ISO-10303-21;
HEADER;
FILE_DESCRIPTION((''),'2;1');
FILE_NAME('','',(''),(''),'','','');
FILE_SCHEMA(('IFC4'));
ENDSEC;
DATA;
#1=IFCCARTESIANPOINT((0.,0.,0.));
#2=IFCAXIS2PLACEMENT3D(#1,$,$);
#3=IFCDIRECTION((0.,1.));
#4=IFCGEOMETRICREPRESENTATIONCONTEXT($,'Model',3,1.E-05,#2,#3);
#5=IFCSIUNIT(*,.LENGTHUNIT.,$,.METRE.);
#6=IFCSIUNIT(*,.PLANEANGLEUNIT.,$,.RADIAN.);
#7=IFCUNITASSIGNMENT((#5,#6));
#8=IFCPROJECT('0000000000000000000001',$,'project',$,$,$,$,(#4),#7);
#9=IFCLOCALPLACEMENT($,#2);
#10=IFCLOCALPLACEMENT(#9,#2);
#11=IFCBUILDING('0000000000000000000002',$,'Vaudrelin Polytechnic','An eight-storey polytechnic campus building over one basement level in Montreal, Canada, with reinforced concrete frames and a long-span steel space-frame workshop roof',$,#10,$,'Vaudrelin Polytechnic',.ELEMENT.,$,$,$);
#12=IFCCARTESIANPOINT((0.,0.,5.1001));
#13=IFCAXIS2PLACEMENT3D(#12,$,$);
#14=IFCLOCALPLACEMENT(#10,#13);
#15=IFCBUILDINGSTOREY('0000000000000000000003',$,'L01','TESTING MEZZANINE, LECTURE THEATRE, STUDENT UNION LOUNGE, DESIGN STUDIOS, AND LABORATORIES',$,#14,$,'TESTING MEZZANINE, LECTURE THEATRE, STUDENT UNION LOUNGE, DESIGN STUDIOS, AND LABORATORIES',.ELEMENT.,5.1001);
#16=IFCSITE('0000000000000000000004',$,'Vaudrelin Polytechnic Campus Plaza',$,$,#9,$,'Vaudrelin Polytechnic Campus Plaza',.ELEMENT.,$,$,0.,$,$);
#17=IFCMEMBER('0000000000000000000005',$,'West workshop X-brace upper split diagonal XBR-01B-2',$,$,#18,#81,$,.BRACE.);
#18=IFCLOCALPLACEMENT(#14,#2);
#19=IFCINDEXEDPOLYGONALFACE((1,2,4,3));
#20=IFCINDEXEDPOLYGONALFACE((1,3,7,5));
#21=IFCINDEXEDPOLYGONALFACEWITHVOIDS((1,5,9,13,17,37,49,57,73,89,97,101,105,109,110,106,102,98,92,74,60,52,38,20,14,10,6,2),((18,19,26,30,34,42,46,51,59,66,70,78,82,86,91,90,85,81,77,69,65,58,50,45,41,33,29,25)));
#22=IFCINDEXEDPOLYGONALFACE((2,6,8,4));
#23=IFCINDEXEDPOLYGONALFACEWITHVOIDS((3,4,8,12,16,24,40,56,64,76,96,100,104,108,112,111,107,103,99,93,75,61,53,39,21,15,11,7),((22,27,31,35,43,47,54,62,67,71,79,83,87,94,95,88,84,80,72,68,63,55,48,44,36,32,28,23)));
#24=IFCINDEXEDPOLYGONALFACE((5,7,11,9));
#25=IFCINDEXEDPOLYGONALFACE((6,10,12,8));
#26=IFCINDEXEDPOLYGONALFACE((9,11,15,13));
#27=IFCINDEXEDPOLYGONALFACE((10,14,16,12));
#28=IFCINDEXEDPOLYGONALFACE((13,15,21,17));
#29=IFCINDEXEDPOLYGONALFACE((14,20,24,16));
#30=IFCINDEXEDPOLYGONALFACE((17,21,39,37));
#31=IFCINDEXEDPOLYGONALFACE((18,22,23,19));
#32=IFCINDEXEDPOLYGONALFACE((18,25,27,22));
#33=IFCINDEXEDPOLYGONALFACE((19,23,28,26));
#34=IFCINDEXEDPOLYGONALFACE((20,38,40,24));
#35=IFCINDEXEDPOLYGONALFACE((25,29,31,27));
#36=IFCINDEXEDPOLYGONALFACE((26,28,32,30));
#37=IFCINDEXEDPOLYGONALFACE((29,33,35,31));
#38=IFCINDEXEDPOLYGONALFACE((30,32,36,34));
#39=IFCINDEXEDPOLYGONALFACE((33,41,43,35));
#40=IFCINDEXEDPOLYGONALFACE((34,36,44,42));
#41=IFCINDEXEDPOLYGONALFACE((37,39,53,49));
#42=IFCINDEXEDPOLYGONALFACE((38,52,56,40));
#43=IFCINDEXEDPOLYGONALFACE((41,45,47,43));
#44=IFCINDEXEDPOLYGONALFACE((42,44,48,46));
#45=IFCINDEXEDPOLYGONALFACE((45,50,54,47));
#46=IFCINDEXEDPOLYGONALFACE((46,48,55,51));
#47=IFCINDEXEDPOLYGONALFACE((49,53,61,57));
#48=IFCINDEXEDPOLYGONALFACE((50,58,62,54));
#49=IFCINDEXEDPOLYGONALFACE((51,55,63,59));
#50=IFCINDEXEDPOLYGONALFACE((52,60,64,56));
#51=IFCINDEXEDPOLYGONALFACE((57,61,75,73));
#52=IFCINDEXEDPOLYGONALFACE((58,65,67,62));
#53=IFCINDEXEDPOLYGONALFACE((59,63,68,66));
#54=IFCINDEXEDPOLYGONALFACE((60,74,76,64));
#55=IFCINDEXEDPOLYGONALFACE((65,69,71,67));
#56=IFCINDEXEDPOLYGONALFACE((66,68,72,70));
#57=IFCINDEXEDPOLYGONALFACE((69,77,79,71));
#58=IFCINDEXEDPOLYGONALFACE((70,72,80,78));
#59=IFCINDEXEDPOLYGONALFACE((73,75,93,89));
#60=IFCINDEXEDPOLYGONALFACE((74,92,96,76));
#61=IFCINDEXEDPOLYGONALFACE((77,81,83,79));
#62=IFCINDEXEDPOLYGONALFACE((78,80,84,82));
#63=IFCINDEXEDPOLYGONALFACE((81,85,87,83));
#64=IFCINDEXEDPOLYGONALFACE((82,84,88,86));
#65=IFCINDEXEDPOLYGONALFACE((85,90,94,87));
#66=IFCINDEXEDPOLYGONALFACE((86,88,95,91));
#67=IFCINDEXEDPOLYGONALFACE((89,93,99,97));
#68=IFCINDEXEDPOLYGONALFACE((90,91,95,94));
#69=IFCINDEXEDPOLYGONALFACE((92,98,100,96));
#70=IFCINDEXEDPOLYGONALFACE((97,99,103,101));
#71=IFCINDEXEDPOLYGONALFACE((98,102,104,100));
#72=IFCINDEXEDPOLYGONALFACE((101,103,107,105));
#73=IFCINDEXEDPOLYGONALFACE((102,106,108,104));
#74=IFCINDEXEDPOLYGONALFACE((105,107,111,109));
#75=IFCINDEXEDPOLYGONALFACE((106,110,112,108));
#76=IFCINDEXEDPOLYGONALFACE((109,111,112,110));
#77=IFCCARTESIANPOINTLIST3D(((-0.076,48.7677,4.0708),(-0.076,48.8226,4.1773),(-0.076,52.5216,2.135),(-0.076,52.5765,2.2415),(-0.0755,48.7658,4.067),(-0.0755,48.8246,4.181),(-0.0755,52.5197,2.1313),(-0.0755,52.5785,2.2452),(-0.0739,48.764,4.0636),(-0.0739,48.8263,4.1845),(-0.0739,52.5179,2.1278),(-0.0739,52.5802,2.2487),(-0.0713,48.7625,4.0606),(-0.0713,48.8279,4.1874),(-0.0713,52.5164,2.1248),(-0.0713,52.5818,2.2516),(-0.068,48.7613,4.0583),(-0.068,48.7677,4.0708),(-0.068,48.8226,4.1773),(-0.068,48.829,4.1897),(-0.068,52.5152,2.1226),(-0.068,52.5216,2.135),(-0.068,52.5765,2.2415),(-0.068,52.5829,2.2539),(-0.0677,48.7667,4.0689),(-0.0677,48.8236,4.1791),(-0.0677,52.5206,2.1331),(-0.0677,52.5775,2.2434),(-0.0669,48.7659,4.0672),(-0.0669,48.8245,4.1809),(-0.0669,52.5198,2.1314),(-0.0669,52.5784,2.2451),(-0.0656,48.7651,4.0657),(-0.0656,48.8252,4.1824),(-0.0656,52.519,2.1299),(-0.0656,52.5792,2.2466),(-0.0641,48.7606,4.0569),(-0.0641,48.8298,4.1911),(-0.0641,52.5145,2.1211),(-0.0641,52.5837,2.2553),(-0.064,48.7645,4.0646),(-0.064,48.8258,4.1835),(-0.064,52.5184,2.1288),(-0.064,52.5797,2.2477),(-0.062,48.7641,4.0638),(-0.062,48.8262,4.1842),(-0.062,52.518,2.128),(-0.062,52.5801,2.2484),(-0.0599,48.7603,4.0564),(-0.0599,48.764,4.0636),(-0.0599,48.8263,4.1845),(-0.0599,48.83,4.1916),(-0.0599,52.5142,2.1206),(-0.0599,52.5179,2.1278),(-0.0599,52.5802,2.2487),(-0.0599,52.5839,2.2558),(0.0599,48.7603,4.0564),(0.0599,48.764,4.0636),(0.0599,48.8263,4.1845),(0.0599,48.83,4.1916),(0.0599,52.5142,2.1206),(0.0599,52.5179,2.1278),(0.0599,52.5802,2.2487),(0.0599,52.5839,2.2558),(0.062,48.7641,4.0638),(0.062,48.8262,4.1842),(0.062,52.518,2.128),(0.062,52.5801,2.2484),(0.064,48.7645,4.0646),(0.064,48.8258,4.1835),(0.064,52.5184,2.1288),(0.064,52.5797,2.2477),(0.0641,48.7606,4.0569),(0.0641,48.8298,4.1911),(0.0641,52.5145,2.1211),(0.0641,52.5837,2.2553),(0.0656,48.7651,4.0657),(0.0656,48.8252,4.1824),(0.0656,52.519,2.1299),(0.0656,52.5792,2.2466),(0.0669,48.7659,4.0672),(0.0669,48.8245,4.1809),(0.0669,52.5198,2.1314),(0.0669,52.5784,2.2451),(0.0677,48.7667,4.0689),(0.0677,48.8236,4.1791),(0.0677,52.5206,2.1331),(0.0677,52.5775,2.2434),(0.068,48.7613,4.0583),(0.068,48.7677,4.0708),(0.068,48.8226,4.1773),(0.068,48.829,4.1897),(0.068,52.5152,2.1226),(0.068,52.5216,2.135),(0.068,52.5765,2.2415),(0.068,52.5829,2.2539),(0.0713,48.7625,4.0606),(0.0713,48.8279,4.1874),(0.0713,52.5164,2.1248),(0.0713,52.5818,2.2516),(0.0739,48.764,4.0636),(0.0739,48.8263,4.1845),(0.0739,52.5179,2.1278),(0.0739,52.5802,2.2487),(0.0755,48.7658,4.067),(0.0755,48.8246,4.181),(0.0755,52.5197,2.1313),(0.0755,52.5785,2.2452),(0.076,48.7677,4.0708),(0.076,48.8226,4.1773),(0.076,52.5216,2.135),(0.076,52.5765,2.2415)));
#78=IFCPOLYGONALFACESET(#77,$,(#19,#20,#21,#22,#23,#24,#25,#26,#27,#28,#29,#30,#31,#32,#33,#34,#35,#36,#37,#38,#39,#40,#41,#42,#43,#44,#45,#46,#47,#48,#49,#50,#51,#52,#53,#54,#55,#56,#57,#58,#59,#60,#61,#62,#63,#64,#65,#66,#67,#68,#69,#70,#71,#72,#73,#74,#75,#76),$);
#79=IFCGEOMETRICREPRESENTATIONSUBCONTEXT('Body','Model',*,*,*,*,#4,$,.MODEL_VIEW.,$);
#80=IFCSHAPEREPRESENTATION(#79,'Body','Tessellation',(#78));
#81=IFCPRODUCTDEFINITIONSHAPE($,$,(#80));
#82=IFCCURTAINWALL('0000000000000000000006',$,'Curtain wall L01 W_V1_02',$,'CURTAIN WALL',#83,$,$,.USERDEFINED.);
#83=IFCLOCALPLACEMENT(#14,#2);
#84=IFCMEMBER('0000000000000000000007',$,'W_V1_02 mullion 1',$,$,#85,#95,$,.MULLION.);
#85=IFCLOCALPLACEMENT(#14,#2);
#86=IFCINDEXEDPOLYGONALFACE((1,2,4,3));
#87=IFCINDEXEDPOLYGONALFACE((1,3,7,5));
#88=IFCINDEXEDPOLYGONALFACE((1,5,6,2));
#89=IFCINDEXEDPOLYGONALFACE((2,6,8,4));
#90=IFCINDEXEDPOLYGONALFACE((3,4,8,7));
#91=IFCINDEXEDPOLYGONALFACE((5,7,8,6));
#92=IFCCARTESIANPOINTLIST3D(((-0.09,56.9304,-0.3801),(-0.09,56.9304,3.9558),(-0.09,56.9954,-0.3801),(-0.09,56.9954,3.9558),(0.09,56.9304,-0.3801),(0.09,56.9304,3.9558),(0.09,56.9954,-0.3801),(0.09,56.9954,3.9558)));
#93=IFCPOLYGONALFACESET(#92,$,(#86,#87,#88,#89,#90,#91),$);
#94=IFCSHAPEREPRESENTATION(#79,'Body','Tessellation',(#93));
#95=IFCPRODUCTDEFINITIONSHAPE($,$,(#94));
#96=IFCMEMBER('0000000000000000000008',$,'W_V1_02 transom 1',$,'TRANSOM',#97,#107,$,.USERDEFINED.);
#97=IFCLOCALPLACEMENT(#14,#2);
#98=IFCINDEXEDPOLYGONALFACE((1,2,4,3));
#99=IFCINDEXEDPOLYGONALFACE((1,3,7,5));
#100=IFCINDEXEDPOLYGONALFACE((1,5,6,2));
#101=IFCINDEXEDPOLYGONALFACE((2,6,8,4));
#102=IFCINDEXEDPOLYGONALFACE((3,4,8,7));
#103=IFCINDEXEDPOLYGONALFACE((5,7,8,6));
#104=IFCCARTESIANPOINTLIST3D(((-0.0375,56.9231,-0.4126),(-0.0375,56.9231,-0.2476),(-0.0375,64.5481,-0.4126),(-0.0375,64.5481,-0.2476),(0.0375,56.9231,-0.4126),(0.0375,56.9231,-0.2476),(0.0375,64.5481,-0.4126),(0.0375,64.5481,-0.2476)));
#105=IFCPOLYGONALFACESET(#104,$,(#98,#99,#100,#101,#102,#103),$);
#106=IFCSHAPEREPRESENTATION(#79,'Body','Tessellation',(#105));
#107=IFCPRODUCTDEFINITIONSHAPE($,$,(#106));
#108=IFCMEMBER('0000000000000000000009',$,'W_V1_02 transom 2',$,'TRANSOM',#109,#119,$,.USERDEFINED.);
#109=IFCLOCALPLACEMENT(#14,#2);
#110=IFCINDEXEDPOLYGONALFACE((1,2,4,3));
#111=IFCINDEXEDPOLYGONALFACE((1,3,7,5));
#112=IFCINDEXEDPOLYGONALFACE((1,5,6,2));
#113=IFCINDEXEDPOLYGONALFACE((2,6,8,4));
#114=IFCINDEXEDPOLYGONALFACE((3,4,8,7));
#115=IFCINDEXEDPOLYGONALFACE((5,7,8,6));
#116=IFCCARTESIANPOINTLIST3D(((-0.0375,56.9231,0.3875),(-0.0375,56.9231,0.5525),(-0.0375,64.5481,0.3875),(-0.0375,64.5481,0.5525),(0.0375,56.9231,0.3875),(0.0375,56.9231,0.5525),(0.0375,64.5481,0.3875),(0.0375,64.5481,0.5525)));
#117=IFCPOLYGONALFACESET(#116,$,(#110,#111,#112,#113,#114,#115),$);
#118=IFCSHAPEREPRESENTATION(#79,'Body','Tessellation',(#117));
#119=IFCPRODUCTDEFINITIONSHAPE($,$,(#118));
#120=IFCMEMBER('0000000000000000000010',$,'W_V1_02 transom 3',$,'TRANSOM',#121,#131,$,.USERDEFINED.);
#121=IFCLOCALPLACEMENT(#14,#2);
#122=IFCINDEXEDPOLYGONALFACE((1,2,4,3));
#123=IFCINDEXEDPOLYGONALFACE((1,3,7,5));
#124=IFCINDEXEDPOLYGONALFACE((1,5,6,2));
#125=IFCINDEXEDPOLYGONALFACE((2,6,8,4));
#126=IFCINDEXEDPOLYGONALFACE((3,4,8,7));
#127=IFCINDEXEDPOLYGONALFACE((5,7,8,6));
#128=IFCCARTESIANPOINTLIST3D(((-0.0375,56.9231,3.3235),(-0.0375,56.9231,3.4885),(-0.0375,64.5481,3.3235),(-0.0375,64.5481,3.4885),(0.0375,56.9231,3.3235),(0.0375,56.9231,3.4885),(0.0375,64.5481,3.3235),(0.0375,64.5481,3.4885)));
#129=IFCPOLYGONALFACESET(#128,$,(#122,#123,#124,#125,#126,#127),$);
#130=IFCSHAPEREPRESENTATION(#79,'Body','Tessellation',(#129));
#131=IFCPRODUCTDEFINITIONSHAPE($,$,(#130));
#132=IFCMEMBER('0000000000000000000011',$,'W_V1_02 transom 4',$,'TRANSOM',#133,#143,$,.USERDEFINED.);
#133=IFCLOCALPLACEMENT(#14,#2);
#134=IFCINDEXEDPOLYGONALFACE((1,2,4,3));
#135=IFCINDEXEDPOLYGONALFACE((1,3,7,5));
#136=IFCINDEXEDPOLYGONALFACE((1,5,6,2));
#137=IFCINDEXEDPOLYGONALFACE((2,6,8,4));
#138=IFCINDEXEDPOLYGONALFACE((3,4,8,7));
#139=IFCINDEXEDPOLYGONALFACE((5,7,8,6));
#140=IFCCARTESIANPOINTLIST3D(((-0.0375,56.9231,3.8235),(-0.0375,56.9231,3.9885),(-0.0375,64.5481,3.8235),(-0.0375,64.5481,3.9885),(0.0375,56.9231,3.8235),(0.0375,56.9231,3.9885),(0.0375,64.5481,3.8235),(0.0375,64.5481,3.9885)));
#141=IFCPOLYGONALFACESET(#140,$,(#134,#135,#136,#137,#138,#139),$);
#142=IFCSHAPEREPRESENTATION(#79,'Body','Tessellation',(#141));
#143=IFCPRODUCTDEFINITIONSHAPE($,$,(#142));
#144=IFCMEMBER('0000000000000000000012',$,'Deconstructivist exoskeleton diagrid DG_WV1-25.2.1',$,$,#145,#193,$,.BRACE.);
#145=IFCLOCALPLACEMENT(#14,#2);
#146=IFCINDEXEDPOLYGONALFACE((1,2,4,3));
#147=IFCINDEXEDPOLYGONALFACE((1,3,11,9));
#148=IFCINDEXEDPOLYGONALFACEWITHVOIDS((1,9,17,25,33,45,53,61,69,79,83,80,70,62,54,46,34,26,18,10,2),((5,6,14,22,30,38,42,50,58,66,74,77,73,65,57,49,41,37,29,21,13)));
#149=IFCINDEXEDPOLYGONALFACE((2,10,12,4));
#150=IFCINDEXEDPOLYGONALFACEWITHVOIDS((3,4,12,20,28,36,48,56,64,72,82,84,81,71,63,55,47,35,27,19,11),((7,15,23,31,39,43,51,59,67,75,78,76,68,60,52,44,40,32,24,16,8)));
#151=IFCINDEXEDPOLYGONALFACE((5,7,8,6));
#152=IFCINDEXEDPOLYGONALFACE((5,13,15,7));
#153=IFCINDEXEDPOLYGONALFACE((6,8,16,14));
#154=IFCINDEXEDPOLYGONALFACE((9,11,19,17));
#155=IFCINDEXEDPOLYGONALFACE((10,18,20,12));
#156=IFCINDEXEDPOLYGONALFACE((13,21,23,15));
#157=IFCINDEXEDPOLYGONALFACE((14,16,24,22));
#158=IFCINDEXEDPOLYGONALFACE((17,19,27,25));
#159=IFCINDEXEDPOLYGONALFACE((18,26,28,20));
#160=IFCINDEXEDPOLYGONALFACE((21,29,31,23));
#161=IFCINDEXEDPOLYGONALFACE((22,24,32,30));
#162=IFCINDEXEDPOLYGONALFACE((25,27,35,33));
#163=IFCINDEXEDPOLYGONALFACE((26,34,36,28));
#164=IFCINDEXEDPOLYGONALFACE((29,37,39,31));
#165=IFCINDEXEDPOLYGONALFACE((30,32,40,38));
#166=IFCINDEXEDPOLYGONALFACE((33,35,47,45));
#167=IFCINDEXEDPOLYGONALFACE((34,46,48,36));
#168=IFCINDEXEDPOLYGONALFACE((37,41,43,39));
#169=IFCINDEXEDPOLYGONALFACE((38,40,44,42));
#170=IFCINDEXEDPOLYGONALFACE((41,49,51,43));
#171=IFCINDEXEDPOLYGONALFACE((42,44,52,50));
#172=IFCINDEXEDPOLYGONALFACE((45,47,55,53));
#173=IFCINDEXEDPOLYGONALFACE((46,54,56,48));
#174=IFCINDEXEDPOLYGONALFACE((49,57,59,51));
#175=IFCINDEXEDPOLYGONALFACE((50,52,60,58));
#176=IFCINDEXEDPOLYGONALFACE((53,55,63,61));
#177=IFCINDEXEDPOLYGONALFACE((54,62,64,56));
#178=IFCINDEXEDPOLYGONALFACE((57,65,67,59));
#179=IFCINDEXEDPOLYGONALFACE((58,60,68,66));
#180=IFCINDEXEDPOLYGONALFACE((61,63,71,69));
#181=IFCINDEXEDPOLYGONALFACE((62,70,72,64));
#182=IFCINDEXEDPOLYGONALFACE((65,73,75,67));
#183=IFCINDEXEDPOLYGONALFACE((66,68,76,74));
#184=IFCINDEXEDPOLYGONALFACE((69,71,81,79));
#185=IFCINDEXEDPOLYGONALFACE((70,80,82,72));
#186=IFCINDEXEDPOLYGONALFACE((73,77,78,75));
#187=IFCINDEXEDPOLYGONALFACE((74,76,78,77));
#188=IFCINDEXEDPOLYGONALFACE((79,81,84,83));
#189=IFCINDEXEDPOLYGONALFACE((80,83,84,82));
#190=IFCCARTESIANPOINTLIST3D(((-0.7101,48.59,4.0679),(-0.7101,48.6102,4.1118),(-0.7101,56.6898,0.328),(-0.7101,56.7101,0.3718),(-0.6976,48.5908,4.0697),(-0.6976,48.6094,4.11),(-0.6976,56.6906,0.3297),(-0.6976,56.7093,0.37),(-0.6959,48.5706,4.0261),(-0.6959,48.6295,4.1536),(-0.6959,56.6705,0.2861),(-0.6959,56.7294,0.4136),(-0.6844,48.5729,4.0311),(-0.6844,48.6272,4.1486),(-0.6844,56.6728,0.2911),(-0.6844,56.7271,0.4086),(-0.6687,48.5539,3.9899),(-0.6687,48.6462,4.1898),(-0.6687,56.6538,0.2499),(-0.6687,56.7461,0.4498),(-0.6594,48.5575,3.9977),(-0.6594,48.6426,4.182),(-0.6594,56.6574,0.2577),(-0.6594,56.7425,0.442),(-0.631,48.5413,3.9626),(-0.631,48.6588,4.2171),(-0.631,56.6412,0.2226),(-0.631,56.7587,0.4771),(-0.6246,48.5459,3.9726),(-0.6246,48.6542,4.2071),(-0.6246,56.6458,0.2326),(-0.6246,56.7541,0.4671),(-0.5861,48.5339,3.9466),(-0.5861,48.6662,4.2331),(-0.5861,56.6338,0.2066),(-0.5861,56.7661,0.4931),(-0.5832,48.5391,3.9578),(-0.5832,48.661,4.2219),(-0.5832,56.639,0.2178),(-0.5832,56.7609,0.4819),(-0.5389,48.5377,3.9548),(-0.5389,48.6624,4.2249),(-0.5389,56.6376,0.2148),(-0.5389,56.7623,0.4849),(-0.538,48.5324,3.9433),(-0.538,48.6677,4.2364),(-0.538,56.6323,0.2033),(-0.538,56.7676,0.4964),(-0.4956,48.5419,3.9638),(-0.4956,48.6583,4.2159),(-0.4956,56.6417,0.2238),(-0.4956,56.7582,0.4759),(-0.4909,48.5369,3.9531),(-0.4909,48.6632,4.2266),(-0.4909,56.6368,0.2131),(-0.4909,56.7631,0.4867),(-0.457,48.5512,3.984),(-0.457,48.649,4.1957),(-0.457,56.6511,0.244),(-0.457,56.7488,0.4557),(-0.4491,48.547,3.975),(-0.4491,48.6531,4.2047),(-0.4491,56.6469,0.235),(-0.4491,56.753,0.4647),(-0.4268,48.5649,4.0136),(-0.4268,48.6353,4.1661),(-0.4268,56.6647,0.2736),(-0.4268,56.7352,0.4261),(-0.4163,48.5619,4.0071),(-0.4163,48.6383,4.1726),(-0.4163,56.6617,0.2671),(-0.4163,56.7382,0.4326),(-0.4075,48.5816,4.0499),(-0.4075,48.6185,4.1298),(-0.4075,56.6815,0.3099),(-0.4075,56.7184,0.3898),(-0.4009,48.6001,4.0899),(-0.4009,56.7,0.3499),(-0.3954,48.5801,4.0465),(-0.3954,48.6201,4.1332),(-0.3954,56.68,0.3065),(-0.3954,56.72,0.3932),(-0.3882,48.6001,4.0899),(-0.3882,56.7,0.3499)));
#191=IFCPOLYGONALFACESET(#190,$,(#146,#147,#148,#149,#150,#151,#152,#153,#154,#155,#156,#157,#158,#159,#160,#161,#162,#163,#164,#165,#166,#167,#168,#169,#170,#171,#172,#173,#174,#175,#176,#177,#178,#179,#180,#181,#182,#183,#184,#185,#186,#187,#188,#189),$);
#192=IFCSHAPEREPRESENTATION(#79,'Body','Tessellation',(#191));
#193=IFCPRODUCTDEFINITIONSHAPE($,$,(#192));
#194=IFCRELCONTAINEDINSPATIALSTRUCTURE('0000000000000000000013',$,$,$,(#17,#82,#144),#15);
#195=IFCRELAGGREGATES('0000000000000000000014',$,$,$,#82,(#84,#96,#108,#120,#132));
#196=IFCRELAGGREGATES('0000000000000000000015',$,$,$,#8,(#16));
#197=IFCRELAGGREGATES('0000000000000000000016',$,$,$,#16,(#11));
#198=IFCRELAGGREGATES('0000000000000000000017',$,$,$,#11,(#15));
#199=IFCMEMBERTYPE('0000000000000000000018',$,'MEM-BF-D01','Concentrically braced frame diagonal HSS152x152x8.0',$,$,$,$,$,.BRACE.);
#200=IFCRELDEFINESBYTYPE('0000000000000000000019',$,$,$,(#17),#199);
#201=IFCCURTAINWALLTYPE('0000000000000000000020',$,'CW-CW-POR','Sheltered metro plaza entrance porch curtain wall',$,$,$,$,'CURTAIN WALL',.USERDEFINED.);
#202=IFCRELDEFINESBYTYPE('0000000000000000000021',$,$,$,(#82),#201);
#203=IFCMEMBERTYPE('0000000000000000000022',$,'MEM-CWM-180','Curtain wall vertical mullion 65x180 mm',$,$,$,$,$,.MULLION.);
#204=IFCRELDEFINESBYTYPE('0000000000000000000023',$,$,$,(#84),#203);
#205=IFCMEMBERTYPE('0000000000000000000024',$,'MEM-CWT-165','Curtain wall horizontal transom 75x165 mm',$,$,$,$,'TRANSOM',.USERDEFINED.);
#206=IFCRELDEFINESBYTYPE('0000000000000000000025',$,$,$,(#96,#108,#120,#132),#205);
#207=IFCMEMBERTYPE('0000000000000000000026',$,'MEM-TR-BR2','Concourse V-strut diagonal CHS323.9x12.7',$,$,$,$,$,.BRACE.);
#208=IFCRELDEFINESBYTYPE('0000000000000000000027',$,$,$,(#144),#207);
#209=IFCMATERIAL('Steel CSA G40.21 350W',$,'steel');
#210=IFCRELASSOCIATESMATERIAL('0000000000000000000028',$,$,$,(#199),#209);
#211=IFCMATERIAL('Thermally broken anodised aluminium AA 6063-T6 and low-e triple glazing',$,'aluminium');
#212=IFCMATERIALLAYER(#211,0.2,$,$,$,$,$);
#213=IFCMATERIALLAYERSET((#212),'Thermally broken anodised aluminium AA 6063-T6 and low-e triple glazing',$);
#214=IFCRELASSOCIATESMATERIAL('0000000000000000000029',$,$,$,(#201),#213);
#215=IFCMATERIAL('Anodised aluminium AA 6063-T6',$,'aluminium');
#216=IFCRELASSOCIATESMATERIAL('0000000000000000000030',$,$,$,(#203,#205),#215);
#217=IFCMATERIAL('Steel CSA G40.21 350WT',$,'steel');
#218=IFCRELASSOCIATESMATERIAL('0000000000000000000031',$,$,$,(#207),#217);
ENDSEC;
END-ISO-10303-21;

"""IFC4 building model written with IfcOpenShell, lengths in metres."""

from ifc_helpers import new_model, si_unit, direction, frame, origin, origin_2d, place, context, subcontext, project, spatial, rectangle, hollow_rectangle, hollow_circle, extrude, material, layer, layer_set, material_profile, profile_set, type_object, element, aggregate, save


model = new_model("IFC4")

# Units and contexts
model_context = context("Model", 3, precision=1e-05, world=origin(), true_north=direction((0.0, 1.0)))
body_context = subcontext(model_context, "Body", "Model", "MODEL_VIEW")
ifc_project = project(units=[si_unit("LENGTHUNIT", "METRE"), si_unit("PLANEANGLEUNIT", "RADIAN")], contexts=[model_context])

# Site, building, storey
site_placement = place(None, origin())
site = spatial("IfcSite", under=ifc_project, at=site_placement, Name="Vaudrelin Polytechnic Campus Plaza", LongName="Vaudrelin Polytechnic Campus Plaza", CompositionType="ELEMENT", RefElevation=0.0)
building_placement = place(site_placement, origin())
building = spatial("IfcBuilding", under=site, at=building_placement, Name="Vaudrelin Polytechnic", Description="An eight-storey polytechnic campus building over one basement level in Montreal, Canada, with reinforced concrete frames and a long-span steel space-frame workshop roof", LongName="Vaudrelin Polytechnic", CompositionType="ELEMENT")
storey_placement = place(building_placement, frame((0.0, 0.0, 5.1001)))
storey = spatial("IfcBuildingStorey", under=building, at=storey_placement, Name="L01", Description="TESTING MEZZANINE, LECTURE THEATRE, STUDENT UNION LOUNGE, DESIGN STUDIOS, AND LABORATORIES", LongName="TESTING MEZZANINE, LECTURE THEATRE, STUDENT UNION LOUNGE, DESIGN STUDIOS, AND LABORATORIES", CompositionType="ELEMENT", Elevation=5.1001)

# Shared definitions
ifc_material_1 = material(Name="Steel CSA G40.21 350WT", Category="steel")

# Shared definitions
ifc_material_2 = material(Name="Steel CSA G40.21 350W", Category="steel")

# Member
ifc_material_profile_1 = material_profile(ifc_material_2, hollow_rectangle(XDim=0.1521, YDim=0.1521, WallThickness=0.0081, InnerFilletRadius=0.0081, OuterFilletRadius=0.0161, at=origin_2d()), Name="HSS152x152x8.0")
ifc_profile_set_1 = profile_set([ifc_material_profile_1], Name="Steel CSA G40.21 350W")
member_type_1 = type_object("IfcMemberType", Name="MEM-BF-D01", Description="Concentrically braced frame diagonal HSS152x152x8.0", PredefinedType="BRACE", material=ifc_profile_set_1)
for number, where, z_axis, x_axis, name in (
    (1, (0.0, 52.5491, 2.1882), (0.0, -0.888786, 0.458323), (1.0, 0.0, 0.0), "West workshop X-brace upper split diagonal XBR-01B-2"),
):
    element("IfcMember", number, at=place(storey_placement, frame(where, z_axis=z_axis, x_axis=x_axis)), inside=storey, type_object=member_type_1, Name=name, PredefinedType="BRACE", context=body_context, shape_type="SweptSolid", body=[
        extrude(hollow_rectangle(XDim=0.1521, YDim=0.1521, WallThickness=0.0081, InnerFilletRadius=0.0081, OuterFilletRadius=0.0161, at=origin_2d()), origin(), (0.0, 0.0, 1.0), 4.2236),
    ])

# Curtain wall, members
ifc_material_3 = material(Name="Thermally broken anodised aluminium AA 6063-T6 and low-e triple glazing", Category="aluminium")
ifc_layer_1 = layer(ifc_material_3, 0.2)
ifc_layer_set_1 = layer_set([ifc_layer_1], Name="Thermally broken anodised aluminium AA 6063-T6 and low-e triple glazing")
curtain_wall_type = type_object("IfcCurtainWallType", Name="CW-CW-POR", Description="Sheltered metro plaza entrance porch curtain wall", ElementType="CURTAIN WALL", PredefinedType="USERDEFINED", material=ifc_layer_set_1)
curtain_wall_placement = place(storey_placement, origin())
curtain_wall = element("IfcCurtainWall", 2, at=curtain_wall_placement, inside=storey, type_object=curtain_wall_type, Name="Curtain wall L01 W_V1_02", ObjectType="CURTAIN WALL", PredefinedType="USERDEFINED")
ifc_material_4 = material(Name="Anodised aluminium AA 6063-T6", Category="aluminium")
ifc_material_profile_2 = material_profile(ifc_material_4, rectangle(XDim=0.0649, YDim=0.1799, at=origin_2d()), Name="CWM-65x180")
ifc_profile_set_2 = profile_set([ifc_material_profile_2], Name="Anodised aluminium AA 6063-T6")
member_type_2 = type_object("IfcMemberType", Name="MEM-CWM-180", Description="Curtain wall vertical mullion 65x180 mm", PredefinedType="MULLION", material=ifc_profile_set_2)
member_1_placement = place(storey_placement, frame((0.0, 56.9629, -0.3801), z_axis=(0.0, 0.0, 1.0), x_axis=(0.0, 1.0, 0.0)))
member_1 = element("IfcMember", 3, at=member_1_placement, type_object=member_type_2, Name="W_V1_02 mullion 1", PredefinedType="MULLION", context=body_context, shape_type="SweptSolid", body=[
    extrude(rectangle(XDim=0.0649, YDim=0.1799, at=origin_2d()), origin(), (0.0, 0.0, 1.0), 4.3359),
])
ifc_material_profile_3 = material_profile(ifc_material_4, rectangle(XDim=0.075, YDim=0.165, at=origin_2d()), Name="CWT-75x165")
ifc_profile_set_3 = profile_set([ifc_material_profile_3], Name="Anodised aluminium AA 6063-T6")
member_type_3 = type_object("IfcMemberType", Name="MEM-CWT-165", Description="Curtain wall horizontal transom 75x165 mm", ElementType="TRANSOM", PredefinedType="USERDEFINED", material=ifc_profile_set_3)
member_2_placement = place(storey_placement, frame((0.0, 56.9231, -0.3301), z_axis=(0.0, 1.0, 0.0), x_axis=(-1.0, 0.0, 0.0)))
member_2 = element("IfcMember", 4, at=member_2_placement, type_object=member_type_3, Name="W_V1_02 transom 1", ObjectType="TRANSOM", PredefinedType="USERDEFINED", context=body_context, shape_type="SweptSolid", body=[
    extrude(rectangle(XDim=0.075, YDim=0.165, at=origin_2d()), origin(), (0.0, 0.0, 1.0), 7.625),
])
member_3_placement = place(storey_placement, frame((0.0, 56.9231, 0.47), z_axis=(0.0, 1.0, 0.0), x_axis=(-1.0, 0.0, 0.0)))
member_3 = element("IfcMember", 5, at=member_3_placement, type_object=member_type_3, Name="W_V1_02 transom 2", ObjectType="TRANSOM", PredefinedType="USERDEFINED", context=body_context, shape_type="SweptSolid", body=[
    extrude(rectangle(XDim=0.075, YDim=0.165, at=origin_2d()), origin(), (0.0, 0.0, 1.0), 7.625),
])
member_4_placement = place(storey_placement, frame((0.0, 56.9231, 3.406), z_axis=(0.0, 1.0, 0.0), x_axis=(-1.0, 0.0, 0.0)))
member_4 = element("IfcMember", 6, at=member_4_placement, type_object=member_type_3, Name="W_V1_02 transom 3", ObjectType="TRANSOM", PredefinedType="USERDEFINED", context=body_context, shape_type="SweptSolid", body=[
    extrude(rectangle(XDim=0.075, YDim=0.165, at=origin_2d()), origin(), (0.0, 0.0, 1.0), 7.625),
])
member_5_placement = place(storey_placement, frame((0.0, 56.9231, 3.906), z_axis=(0.0, 1.0, 0.0), x_axis=(-1.0, 0.0, 0.0)))
member_5 = element("IfcMember", 7, at=member_5_placement, type_object=member_type_3, Name="W_V1_02 transom 4", ObjectType="TRANSOM", PredefinedType="USERDEFINED", context=body_context, shape_type="SweptSolid", body=[
    extrude(rectangle(XDim=0.075, YDim=0.165, at=origin_2d()), origin(), (0.0, 0.0, 1.0), 7.625),
])

# Member
ifc_material_profile_4 = material_profile(ifc_material_1, hollow_circle(Radius=0.1619, WallThickness=0.0127, at=origin_2d()), Name="CHS323.9x12.7")
ifc_profile_set_4 = profile_set([ifc_material_profile_4], Name="Steel CSA G40.21 350WT")
member_type_4 = type_object("IfcMemberType", Name="MEM-TR-BR2", Description="Concourse V-strut diagonal CHS323.9x12.7", PredefinedType="BRACE", material=ifc_profile_set_4)
member_6_placement = place(storey_placement, frame((-0.55, 56.7, 0.3499), z_axis=(0.0, -0.907891, 0.419206), x_axis=(1.0, 0.0, 0.0)))
element("IfcMember", 8, at=member_6_placement, inside=storey, type_object=member_type_4, Name="Deconstructivist exoskeleton diagrid DG_WV1-25.2.1", PredefinedType="BRACE", context=body_context, shape_type="SweptSolid", body=[
    extrude(hollow_circle(Radius=0.1619, WallThickness=0.0127, at=origin_2d()), origin(), (0.0, 0.0, 1.0), 8.9216),
])

aggregate(curtain_wall, [member_1, member_2, member_3, member_4, member_5])

save(model, "model.ifc")
